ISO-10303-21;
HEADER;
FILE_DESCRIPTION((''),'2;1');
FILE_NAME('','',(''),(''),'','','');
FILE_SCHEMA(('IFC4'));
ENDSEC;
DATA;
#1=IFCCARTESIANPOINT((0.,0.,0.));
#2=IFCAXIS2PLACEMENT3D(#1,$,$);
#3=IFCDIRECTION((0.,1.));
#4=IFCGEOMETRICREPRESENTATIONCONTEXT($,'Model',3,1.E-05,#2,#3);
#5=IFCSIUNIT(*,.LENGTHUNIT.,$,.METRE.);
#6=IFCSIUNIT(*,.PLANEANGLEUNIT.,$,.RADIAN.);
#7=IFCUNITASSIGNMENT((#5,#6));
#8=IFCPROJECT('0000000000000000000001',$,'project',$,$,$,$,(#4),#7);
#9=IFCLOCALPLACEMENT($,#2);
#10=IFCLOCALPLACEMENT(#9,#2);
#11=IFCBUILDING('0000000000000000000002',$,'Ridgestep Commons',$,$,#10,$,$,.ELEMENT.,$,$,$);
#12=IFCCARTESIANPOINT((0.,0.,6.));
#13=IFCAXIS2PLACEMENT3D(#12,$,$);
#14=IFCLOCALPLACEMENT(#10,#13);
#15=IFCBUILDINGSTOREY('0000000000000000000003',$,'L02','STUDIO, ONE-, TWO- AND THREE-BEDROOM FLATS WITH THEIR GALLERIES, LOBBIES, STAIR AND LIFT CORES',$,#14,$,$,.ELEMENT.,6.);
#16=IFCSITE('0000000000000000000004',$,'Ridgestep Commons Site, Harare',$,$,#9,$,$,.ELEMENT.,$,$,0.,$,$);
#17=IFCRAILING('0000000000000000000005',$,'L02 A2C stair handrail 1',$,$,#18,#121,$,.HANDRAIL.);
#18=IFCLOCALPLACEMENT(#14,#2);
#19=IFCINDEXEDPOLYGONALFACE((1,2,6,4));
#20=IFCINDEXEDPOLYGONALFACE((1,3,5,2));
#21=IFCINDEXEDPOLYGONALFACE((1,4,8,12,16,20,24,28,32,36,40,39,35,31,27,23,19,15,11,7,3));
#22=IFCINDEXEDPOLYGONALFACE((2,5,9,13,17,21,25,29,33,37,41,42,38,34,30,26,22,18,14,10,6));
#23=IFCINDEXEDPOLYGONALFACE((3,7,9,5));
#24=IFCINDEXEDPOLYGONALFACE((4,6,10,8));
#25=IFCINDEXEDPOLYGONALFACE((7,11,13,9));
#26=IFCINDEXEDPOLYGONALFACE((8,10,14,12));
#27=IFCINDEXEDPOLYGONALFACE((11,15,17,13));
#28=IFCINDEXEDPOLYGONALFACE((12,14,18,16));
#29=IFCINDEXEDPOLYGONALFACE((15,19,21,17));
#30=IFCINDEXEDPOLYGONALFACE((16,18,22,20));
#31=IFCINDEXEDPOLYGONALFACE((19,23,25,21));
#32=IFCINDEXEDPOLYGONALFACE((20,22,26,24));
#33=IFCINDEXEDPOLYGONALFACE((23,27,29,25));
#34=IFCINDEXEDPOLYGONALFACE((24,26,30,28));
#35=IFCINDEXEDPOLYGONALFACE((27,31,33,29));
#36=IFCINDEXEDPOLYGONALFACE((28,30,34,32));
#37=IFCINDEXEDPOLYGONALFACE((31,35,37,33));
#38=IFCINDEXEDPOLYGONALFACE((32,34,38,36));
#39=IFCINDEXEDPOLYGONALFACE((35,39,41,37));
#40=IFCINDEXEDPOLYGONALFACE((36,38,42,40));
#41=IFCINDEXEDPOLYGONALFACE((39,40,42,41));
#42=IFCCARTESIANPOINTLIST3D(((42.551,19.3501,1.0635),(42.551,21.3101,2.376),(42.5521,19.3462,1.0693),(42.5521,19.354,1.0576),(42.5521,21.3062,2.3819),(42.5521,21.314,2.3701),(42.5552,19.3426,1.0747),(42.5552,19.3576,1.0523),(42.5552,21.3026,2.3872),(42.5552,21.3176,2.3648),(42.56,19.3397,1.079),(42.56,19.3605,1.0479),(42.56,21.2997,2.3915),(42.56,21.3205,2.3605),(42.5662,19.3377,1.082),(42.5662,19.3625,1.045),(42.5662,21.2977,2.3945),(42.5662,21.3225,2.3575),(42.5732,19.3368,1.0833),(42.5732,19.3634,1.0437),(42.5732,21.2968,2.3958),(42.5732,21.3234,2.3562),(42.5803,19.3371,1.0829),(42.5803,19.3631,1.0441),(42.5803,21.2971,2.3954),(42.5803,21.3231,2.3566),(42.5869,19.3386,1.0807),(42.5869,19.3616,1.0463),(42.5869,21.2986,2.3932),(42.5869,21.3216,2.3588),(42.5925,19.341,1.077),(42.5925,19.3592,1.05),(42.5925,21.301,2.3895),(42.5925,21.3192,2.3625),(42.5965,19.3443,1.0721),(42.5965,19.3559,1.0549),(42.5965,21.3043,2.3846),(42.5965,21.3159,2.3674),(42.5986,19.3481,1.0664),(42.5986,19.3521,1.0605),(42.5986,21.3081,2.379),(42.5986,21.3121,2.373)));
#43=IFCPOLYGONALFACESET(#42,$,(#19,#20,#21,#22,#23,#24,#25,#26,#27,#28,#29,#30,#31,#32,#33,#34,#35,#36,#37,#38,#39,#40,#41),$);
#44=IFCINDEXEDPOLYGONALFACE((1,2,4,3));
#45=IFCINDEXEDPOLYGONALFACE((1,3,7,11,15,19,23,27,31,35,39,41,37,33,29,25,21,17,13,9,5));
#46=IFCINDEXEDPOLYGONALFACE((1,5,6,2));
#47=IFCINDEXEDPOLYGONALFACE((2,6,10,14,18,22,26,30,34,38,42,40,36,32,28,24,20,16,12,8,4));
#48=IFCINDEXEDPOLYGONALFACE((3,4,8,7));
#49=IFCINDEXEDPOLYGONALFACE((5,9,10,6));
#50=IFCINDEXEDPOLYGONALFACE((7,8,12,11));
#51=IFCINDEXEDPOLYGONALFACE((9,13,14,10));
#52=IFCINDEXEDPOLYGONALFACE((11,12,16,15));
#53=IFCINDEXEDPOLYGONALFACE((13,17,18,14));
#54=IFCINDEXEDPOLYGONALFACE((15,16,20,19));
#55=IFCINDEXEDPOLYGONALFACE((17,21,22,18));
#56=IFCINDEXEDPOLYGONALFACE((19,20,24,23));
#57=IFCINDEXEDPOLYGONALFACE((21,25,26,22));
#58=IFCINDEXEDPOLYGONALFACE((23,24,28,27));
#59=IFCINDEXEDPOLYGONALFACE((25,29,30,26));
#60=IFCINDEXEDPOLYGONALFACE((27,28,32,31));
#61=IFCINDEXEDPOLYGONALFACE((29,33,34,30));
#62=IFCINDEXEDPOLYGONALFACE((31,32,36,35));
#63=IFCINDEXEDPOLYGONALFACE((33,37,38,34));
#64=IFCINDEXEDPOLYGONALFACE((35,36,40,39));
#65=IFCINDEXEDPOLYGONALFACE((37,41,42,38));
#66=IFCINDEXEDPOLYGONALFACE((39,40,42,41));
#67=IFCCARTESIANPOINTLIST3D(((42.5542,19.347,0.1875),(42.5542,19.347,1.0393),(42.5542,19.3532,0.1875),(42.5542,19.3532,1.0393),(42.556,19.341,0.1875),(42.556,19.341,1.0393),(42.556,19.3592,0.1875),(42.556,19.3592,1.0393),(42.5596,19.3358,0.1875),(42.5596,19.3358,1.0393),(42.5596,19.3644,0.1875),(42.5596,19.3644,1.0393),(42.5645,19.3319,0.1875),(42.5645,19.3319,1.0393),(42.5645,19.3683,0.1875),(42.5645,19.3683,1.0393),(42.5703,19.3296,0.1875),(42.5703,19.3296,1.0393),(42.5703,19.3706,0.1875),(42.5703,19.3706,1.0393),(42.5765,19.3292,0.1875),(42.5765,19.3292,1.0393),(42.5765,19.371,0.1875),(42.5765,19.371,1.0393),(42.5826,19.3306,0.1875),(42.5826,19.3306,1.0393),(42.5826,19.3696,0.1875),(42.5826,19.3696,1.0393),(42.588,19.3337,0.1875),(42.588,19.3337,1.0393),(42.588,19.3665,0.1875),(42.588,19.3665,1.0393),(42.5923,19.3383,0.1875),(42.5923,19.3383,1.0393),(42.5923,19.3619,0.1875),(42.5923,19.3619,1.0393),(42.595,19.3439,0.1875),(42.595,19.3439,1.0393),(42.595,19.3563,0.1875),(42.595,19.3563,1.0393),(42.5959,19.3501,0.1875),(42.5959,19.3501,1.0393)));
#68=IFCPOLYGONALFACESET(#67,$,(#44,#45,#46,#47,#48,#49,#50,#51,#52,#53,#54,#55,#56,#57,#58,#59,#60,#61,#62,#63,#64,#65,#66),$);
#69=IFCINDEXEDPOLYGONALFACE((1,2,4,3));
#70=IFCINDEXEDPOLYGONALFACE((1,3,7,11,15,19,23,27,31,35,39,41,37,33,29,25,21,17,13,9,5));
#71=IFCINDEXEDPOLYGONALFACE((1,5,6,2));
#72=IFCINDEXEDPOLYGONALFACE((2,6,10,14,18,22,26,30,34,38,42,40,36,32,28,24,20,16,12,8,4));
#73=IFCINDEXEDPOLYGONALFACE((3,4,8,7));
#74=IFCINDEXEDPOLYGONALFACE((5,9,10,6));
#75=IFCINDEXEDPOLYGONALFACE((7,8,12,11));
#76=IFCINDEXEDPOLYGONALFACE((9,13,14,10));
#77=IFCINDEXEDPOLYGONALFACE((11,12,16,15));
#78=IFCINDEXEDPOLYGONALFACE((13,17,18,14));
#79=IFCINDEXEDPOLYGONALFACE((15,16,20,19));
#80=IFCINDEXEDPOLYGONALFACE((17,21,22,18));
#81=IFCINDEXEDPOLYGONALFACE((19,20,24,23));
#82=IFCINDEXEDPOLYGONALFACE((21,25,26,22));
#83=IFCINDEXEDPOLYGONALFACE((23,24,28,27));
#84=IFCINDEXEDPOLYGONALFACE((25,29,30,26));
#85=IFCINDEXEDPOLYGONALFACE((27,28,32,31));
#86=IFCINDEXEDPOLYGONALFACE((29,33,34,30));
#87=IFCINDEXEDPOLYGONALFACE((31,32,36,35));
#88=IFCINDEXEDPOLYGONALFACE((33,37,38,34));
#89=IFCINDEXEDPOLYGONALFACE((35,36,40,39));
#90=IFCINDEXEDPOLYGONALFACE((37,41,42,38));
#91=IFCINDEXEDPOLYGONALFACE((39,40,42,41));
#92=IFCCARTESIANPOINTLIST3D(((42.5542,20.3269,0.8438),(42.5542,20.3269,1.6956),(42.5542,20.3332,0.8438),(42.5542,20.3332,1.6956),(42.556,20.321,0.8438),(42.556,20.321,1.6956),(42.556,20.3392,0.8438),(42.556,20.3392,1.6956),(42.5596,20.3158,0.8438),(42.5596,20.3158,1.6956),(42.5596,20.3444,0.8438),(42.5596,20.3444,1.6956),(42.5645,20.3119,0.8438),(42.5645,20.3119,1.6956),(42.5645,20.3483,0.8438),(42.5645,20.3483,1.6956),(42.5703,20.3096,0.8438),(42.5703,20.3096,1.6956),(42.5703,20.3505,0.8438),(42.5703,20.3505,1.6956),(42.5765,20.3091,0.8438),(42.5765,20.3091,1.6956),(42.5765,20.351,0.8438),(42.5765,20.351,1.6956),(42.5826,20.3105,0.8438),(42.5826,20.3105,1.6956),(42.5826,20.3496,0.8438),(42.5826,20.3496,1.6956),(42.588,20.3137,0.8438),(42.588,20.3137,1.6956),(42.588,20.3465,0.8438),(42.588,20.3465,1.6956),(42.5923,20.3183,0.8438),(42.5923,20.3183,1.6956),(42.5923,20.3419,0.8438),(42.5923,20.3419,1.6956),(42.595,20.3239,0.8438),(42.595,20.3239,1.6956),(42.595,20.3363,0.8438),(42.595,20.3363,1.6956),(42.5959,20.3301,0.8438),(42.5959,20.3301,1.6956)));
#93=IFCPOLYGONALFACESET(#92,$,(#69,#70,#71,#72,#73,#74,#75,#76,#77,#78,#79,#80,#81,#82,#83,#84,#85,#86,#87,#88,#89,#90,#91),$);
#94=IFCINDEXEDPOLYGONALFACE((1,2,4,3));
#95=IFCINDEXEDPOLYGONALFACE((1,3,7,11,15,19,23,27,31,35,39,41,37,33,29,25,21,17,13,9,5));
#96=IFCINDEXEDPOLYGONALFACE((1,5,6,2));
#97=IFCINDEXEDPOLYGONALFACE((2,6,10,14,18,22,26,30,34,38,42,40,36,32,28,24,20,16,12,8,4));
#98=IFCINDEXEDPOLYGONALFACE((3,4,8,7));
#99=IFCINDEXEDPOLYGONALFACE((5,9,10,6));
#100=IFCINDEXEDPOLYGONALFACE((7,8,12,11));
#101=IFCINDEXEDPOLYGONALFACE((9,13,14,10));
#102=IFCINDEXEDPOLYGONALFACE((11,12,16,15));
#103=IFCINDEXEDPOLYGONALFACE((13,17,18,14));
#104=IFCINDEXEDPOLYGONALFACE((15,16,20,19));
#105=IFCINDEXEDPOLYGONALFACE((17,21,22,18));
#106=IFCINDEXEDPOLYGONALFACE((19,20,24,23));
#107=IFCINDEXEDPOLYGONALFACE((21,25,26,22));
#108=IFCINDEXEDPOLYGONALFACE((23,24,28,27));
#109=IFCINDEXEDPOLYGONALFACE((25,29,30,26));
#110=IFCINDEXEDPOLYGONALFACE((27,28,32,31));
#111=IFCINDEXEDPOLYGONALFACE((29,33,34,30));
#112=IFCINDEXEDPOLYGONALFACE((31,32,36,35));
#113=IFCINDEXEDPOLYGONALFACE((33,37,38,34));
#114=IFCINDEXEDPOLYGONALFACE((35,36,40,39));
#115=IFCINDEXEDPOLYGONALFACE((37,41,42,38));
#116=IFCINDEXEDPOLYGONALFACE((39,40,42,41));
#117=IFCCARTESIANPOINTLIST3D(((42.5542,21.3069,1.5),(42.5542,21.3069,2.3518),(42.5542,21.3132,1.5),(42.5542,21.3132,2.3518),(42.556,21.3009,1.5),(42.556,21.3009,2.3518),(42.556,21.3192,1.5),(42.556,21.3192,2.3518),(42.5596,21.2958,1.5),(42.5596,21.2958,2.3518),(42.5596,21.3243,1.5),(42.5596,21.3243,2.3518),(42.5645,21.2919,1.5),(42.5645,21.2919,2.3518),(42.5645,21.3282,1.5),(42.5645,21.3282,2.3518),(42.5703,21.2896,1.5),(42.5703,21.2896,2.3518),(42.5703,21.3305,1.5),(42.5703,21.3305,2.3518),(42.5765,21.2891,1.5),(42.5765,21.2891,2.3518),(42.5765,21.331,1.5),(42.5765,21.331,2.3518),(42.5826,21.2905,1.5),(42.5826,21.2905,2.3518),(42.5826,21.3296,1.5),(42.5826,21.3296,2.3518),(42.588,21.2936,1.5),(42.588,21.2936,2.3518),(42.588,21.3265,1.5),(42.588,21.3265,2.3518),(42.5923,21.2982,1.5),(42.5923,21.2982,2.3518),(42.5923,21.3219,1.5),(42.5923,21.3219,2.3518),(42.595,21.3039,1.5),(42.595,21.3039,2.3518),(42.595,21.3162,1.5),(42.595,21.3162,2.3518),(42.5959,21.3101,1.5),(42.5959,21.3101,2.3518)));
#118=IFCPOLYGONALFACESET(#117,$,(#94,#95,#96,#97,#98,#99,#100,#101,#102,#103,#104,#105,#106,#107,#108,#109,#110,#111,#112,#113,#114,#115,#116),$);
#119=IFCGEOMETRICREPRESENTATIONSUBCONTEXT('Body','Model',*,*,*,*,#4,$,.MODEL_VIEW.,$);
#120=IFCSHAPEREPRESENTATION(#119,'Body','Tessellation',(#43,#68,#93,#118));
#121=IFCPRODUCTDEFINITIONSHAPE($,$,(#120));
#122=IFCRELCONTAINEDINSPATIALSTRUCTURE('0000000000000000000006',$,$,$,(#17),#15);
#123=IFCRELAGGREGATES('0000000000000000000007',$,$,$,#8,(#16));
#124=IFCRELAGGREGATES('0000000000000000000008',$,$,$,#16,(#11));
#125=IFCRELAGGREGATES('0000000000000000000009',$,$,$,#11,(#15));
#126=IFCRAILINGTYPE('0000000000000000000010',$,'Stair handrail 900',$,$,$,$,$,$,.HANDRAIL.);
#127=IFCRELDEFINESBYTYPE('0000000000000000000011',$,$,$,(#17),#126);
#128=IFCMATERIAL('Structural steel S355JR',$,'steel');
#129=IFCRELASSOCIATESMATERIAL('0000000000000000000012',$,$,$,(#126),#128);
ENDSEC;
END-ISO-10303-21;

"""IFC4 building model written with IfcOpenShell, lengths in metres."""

from ifc_helpers import new_model, si_unit, direction, frame, origin, origin_2d, place, context, subcontext, project, spatial, circle, extrude, material, type_object, element, save


model = new_model("IFC4")

# Units and contexts
model_context = context("Model", 3, precision=1e-05, world=origin(), true_north=direction((0.0, 1.0)))
body_context = subcontext(model_context, "Body", "Model", "MODEL_VIEW")
ifc_project = project(units=[si_unit("LENGTHUNIT", "METRE"), si_unit("PLANEANGLEUNIT", "RADIAN")], contexts=[model_context])

# Site, building, storey
site_placement = place(None, origin())
site = spatial("IfcSite", under=ifc_project, at=site_placement, Name="Ridgestep Commons Site, Harare", CompositionType="ELEMENT", RefElevation=0.0)
building_placement = place(site_placement, origin())
building = spatial("IfcBuilding", under=site, at=building_placement, Name="Ridgestep Commons", CompositionType="ELEMENT")
storey_placement = place(building_placement, frame((0.0, 0.0, 6.0)))
storey = spatial("IfcBuildingStorey", under=building, at=storey_placement, Name="L02", Description="STUDIO, ONE-, TWO- AND THREE-BEDROOM FLATS WITH THEIR GALLERIES, LOBBIES, STAIR AND LIFT CORES", CompositionType="ELEMENT", Elevation=6.0)

# Railing
ifc_material_1 = material(Name="Structural steel S355JR", Category="steel")
railing_type_1 = type_object("IfcRailingType", Name="Stair handrail 900", PredefinedType="HANDRAIL", material=ifc_material_1)
railing_1_placement = place(storey_placement, frame((42.575, 19.3501, 0.1875)))
element("IfcRailing", 1, at=railing_1_placement, inside=storey, type_object=railing_type_1, Name="L02 A2C stair handrail 1", PredefinedType="HANDRAIL", context=body_context, shape_type="SweptSolid", body=[
    extrude(circle(Radius=0.0239, at=origin_2d()), frame((0.0, 0.0, 0.876), z_axis=(0.0, 0.830902, 0.556419), x_axis=(-1.0, 0.0, 0.0)), (0.0, 0.0, 1.0), 2.3589),
    extrude(circle(Radius=0.021, at=origin_2d()), origin(), (0.0, 0.0, 1.0), 0.8518),
    extrude(circle(Radius=0.021, at=origin_2d()), frame((0.0, 0.98, 0.6562)), (0.0, 0.0, 1.0), 0.8518),
    extrude(circle(Radius=0.021, at=origin_2d()), frame((0.0, 1.96, 1.3125)), (0.0, 0.0, 1.0), 0.8518),
])

save(model, "model.ifc")
